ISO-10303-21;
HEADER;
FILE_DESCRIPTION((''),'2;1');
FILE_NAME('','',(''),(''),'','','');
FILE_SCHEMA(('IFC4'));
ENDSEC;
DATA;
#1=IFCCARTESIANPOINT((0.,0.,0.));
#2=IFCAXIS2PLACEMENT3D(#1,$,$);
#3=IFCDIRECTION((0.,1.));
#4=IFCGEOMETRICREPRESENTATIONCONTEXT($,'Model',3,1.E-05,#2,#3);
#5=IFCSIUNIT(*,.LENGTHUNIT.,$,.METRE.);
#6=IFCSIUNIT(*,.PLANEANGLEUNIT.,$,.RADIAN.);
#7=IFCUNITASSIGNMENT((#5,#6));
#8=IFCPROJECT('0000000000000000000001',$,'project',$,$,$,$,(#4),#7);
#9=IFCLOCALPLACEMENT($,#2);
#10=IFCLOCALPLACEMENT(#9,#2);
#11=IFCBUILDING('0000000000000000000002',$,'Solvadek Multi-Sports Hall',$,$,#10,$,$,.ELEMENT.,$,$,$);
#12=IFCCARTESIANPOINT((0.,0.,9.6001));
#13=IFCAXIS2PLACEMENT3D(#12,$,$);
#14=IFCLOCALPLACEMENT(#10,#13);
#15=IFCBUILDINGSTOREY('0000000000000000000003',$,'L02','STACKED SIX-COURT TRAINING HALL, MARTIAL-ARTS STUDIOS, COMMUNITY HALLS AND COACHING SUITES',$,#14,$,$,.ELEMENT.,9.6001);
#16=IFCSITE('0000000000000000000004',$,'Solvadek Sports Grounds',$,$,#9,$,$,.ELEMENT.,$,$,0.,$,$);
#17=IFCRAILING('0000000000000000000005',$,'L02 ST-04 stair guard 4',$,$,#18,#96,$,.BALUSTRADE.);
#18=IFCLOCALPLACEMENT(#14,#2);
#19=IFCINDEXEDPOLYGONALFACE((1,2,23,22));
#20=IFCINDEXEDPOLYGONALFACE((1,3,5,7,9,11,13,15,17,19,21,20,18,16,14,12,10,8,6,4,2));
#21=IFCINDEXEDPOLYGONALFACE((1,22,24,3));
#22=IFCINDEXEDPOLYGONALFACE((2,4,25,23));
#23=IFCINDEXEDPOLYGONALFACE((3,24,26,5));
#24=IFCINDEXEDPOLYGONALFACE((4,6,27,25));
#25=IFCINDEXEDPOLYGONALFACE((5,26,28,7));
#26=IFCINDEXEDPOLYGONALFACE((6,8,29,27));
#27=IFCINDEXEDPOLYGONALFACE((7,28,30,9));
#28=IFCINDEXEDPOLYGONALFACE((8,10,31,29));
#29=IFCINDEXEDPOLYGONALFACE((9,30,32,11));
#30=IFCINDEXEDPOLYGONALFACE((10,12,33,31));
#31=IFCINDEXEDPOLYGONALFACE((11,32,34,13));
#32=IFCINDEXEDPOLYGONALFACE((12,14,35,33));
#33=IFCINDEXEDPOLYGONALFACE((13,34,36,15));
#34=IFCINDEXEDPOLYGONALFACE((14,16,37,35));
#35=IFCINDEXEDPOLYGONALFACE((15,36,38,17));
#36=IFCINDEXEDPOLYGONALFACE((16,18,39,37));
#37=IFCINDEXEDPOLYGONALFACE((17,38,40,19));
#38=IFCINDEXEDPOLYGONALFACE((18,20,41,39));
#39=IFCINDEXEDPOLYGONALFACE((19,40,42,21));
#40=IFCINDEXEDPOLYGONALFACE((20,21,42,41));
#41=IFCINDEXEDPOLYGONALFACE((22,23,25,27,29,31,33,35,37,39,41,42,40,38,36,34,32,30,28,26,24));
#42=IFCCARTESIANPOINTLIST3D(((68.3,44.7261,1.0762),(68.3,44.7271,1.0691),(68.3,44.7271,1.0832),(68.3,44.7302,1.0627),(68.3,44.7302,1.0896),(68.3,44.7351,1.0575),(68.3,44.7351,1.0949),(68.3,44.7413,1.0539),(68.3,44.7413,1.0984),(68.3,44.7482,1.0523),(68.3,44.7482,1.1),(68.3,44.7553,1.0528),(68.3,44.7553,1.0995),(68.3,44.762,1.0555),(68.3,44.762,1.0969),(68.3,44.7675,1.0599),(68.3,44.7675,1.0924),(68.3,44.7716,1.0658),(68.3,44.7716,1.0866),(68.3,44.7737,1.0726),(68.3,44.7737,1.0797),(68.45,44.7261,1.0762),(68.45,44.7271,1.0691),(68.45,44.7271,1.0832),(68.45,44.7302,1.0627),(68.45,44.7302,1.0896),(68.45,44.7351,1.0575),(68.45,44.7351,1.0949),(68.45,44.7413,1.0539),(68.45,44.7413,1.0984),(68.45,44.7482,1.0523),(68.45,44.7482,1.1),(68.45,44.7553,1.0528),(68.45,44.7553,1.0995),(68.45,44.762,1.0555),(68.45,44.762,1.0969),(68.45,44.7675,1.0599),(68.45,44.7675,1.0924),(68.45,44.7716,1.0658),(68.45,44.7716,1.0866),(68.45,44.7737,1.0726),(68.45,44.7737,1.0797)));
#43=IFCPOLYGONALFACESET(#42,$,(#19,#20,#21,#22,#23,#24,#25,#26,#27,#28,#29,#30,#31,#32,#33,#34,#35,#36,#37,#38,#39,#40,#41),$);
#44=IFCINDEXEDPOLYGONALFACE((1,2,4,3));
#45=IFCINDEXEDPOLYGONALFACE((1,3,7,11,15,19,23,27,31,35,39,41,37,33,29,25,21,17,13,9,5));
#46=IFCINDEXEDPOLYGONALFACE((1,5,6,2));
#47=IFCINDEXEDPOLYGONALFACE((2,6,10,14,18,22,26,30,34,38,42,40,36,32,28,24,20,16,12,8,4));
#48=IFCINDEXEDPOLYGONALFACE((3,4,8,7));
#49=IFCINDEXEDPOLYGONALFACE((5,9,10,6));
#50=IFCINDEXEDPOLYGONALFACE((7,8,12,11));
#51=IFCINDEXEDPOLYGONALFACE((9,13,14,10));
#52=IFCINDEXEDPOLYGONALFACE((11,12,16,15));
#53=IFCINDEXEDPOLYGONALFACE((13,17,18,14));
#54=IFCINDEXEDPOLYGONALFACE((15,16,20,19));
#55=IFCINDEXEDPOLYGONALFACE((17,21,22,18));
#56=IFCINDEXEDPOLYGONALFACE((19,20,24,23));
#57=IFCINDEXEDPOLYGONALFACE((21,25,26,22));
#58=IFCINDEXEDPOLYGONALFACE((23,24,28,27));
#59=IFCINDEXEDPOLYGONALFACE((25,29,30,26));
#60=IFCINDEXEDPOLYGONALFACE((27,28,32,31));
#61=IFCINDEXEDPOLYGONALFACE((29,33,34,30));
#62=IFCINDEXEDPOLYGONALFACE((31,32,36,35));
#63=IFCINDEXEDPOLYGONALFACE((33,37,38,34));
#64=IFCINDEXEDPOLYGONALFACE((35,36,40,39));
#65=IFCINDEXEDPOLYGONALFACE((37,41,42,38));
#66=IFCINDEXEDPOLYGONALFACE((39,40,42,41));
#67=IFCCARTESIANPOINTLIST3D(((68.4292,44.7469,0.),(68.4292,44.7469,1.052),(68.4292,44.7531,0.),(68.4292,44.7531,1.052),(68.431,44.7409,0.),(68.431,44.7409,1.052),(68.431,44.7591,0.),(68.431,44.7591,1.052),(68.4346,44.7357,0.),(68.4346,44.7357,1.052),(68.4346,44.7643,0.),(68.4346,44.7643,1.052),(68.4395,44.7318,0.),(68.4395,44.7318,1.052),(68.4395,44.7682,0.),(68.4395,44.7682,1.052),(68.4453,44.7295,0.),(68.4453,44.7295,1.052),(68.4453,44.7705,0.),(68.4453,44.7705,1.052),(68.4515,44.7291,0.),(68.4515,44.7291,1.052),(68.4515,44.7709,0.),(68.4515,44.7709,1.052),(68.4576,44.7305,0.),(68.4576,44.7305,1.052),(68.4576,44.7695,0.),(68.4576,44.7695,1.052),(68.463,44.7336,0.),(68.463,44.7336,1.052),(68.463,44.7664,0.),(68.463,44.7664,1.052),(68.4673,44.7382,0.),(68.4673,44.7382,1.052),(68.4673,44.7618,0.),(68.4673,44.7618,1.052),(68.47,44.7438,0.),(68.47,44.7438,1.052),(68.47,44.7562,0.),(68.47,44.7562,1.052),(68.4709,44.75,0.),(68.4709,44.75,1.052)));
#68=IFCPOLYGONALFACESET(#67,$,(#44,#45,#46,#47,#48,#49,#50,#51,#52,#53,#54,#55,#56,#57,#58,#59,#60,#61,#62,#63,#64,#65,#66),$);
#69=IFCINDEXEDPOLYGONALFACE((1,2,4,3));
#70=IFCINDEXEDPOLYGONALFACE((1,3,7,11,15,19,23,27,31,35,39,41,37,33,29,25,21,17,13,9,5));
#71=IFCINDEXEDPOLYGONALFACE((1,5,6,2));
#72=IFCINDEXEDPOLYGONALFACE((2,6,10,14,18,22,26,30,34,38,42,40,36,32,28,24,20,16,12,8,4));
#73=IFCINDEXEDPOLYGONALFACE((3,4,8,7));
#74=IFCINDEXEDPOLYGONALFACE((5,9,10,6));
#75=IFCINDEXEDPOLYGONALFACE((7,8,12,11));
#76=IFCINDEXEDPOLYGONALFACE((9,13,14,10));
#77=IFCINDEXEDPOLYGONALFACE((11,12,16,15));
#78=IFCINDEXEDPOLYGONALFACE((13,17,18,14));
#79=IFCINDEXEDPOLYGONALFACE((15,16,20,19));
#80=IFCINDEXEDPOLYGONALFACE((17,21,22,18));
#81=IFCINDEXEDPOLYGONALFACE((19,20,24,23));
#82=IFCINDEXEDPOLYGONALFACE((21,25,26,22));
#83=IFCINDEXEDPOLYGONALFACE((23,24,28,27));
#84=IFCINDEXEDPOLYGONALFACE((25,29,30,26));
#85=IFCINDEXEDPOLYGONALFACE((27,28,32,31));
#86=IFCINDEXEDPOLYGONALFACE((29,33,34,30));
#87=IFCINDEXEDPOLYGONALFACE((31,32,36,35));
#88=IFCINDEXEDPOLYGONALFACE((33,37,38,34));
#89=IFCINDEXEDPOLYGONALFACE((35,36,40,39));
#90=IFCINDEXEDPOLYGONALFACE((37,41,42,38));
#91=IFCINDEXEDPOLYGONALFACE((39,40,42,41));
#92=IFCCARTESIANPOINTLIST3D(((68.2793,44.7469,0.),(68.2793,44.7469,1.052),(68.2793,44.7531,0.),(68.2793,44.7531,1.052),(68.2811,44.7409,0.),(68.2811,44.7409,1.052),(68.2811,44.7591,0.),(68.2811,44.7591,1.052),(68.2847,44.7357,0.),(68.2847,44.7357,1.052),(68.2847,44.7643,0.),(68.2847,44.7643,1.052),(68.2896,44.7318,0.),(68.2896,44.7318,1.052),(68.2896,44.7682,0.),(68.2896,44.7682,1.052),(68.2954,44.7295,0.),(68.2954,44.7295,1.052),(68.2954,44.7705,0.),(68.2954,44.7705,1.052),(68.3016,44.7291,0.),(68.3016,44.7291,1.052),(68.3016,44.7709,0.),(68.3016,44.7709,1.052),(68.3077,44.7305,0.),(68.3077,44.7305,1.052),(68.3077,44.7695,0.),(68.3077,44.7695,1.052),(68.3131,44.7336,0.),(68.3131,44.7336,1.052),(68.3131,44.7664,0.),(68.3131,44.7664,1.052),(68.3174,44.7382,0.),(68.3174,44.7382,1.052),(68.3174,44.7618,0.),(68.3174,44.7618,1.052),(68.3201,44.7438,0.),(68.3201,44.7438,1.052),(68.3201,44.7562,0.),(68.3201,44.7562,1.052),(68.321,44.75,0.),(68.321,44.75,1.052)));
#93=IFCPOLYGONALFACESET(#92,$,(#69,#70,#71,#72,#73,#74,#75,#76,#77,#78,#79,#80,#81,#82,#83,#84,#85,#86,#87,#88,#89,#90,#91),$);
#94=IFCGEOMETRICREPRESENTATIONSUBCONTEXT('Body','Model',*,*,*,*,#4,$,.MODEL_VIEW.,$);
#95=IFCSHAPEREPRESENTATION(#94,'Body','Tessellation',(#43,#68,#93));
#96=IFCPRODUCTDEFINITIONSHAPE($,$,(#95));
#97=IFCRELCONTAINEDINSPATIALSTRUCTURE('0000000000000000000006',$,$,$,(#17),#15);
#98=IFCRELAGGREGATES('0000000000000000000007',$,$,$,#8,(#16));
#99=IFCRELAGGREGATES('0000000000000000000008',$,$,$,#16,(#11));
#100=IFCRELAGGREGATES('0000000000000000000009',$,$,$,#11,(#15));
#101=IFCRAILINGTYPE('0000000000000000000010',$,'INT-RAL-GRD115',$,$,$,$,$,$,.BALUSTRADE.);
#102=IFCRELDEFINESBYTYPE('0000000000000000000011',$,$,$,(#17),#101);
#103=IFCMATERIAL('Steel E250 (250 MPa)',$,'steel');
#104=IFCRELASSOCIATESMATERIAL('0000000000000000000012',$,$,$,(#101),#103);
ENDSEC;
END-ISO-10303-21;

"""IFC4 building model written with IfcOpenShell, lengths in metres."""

from ifc_helpers import new_model, si_unit, direction, frame, origin, origin_2d, place, context, subcontext, project, spatial, circle, extrude, material, type_object, element, save


model = new_model("IFC4")

# Units and contexts
model_context = context("Model", 3, precision=1e-05, world=origin(), true_north=direction((0.0, 1.0)))
body_context = subcontext(model_context, "Body", "Model", "MODEL_VIEW")
ifc_project = project(units=[si_unit("LENGTHUNIT", "METRE"), si_unit("PLANEANGLEUNIT", "RADIAN")], contexts=[model_context])

# Site, building, storey
site_placement = place(None, origin())
site = spatial("IfcSite", under=ifc_project, at=site_placement, Name="Solvadek Sports Grounds", CompositionType="ELEMENT", RefElevation=0.0)
building_placement = place(site_placement, origin())
building = spatial("IfcBuilding", under=site, at=building_placement, Name="Solvadek Multi-Sports Hall", CompositionType="ELEMENT")
storey_placement = place(building_placement, frame((0.0, 0.0, 9.6001)))
storey = spatial("IfcBuildingStorey", under=building, at=storey_placement, Name="L02", Description="STACKED SIX-COURT TRAINING HALL, MARTIAL-ARTS STUDIOS, COMMUNITY HALLS AND COACHING SUITES", CompositionType="ELEMENT", Elevation=9.6001)

# Shared definitions
ifc_material_1 = material(Name="Steel E250 (250 MPa)", Category="steel")

# Railing
railing_type_1 = type_object("IfcRailingType", Name="INT-RAL-GRD115", PredefinedType="BALUSTRADE", material=ifc_material_1)
railing_1_placement = place(storey_placement, frame((68.45, 44.75, 0.0)))
element("IfcRailing", 1, at=railing_1_placement, inside=storey, type_object=railing_type_1, Name="L02 ST-04 stair guard 4", PredefinedType="BALUSTRADE", context=body_context, shape_type="SweptSolid", body=[
    extrude(circle(Radius=0.0239, at=origin_2d()), frame((0.0, 0.0, 1.0762), z_axis=(-1.0, 0.0, 0.0), x_axis=(0.0, -1.0, 0.0)), (0.0, 0.0, 1.0), 0.1499),
    extrude(circle(Radius=0.021, at=origin_2d()), origin(), (0.0, 0.0, 1.0), 1.052),
    extrude(circle(Radius=0.021, at=origin_2d()), frame((-0.1499, 0.0, 0.0)), (0.0, 0.0, 1.0), 1.052),
])

save(model, "model.ifc")
